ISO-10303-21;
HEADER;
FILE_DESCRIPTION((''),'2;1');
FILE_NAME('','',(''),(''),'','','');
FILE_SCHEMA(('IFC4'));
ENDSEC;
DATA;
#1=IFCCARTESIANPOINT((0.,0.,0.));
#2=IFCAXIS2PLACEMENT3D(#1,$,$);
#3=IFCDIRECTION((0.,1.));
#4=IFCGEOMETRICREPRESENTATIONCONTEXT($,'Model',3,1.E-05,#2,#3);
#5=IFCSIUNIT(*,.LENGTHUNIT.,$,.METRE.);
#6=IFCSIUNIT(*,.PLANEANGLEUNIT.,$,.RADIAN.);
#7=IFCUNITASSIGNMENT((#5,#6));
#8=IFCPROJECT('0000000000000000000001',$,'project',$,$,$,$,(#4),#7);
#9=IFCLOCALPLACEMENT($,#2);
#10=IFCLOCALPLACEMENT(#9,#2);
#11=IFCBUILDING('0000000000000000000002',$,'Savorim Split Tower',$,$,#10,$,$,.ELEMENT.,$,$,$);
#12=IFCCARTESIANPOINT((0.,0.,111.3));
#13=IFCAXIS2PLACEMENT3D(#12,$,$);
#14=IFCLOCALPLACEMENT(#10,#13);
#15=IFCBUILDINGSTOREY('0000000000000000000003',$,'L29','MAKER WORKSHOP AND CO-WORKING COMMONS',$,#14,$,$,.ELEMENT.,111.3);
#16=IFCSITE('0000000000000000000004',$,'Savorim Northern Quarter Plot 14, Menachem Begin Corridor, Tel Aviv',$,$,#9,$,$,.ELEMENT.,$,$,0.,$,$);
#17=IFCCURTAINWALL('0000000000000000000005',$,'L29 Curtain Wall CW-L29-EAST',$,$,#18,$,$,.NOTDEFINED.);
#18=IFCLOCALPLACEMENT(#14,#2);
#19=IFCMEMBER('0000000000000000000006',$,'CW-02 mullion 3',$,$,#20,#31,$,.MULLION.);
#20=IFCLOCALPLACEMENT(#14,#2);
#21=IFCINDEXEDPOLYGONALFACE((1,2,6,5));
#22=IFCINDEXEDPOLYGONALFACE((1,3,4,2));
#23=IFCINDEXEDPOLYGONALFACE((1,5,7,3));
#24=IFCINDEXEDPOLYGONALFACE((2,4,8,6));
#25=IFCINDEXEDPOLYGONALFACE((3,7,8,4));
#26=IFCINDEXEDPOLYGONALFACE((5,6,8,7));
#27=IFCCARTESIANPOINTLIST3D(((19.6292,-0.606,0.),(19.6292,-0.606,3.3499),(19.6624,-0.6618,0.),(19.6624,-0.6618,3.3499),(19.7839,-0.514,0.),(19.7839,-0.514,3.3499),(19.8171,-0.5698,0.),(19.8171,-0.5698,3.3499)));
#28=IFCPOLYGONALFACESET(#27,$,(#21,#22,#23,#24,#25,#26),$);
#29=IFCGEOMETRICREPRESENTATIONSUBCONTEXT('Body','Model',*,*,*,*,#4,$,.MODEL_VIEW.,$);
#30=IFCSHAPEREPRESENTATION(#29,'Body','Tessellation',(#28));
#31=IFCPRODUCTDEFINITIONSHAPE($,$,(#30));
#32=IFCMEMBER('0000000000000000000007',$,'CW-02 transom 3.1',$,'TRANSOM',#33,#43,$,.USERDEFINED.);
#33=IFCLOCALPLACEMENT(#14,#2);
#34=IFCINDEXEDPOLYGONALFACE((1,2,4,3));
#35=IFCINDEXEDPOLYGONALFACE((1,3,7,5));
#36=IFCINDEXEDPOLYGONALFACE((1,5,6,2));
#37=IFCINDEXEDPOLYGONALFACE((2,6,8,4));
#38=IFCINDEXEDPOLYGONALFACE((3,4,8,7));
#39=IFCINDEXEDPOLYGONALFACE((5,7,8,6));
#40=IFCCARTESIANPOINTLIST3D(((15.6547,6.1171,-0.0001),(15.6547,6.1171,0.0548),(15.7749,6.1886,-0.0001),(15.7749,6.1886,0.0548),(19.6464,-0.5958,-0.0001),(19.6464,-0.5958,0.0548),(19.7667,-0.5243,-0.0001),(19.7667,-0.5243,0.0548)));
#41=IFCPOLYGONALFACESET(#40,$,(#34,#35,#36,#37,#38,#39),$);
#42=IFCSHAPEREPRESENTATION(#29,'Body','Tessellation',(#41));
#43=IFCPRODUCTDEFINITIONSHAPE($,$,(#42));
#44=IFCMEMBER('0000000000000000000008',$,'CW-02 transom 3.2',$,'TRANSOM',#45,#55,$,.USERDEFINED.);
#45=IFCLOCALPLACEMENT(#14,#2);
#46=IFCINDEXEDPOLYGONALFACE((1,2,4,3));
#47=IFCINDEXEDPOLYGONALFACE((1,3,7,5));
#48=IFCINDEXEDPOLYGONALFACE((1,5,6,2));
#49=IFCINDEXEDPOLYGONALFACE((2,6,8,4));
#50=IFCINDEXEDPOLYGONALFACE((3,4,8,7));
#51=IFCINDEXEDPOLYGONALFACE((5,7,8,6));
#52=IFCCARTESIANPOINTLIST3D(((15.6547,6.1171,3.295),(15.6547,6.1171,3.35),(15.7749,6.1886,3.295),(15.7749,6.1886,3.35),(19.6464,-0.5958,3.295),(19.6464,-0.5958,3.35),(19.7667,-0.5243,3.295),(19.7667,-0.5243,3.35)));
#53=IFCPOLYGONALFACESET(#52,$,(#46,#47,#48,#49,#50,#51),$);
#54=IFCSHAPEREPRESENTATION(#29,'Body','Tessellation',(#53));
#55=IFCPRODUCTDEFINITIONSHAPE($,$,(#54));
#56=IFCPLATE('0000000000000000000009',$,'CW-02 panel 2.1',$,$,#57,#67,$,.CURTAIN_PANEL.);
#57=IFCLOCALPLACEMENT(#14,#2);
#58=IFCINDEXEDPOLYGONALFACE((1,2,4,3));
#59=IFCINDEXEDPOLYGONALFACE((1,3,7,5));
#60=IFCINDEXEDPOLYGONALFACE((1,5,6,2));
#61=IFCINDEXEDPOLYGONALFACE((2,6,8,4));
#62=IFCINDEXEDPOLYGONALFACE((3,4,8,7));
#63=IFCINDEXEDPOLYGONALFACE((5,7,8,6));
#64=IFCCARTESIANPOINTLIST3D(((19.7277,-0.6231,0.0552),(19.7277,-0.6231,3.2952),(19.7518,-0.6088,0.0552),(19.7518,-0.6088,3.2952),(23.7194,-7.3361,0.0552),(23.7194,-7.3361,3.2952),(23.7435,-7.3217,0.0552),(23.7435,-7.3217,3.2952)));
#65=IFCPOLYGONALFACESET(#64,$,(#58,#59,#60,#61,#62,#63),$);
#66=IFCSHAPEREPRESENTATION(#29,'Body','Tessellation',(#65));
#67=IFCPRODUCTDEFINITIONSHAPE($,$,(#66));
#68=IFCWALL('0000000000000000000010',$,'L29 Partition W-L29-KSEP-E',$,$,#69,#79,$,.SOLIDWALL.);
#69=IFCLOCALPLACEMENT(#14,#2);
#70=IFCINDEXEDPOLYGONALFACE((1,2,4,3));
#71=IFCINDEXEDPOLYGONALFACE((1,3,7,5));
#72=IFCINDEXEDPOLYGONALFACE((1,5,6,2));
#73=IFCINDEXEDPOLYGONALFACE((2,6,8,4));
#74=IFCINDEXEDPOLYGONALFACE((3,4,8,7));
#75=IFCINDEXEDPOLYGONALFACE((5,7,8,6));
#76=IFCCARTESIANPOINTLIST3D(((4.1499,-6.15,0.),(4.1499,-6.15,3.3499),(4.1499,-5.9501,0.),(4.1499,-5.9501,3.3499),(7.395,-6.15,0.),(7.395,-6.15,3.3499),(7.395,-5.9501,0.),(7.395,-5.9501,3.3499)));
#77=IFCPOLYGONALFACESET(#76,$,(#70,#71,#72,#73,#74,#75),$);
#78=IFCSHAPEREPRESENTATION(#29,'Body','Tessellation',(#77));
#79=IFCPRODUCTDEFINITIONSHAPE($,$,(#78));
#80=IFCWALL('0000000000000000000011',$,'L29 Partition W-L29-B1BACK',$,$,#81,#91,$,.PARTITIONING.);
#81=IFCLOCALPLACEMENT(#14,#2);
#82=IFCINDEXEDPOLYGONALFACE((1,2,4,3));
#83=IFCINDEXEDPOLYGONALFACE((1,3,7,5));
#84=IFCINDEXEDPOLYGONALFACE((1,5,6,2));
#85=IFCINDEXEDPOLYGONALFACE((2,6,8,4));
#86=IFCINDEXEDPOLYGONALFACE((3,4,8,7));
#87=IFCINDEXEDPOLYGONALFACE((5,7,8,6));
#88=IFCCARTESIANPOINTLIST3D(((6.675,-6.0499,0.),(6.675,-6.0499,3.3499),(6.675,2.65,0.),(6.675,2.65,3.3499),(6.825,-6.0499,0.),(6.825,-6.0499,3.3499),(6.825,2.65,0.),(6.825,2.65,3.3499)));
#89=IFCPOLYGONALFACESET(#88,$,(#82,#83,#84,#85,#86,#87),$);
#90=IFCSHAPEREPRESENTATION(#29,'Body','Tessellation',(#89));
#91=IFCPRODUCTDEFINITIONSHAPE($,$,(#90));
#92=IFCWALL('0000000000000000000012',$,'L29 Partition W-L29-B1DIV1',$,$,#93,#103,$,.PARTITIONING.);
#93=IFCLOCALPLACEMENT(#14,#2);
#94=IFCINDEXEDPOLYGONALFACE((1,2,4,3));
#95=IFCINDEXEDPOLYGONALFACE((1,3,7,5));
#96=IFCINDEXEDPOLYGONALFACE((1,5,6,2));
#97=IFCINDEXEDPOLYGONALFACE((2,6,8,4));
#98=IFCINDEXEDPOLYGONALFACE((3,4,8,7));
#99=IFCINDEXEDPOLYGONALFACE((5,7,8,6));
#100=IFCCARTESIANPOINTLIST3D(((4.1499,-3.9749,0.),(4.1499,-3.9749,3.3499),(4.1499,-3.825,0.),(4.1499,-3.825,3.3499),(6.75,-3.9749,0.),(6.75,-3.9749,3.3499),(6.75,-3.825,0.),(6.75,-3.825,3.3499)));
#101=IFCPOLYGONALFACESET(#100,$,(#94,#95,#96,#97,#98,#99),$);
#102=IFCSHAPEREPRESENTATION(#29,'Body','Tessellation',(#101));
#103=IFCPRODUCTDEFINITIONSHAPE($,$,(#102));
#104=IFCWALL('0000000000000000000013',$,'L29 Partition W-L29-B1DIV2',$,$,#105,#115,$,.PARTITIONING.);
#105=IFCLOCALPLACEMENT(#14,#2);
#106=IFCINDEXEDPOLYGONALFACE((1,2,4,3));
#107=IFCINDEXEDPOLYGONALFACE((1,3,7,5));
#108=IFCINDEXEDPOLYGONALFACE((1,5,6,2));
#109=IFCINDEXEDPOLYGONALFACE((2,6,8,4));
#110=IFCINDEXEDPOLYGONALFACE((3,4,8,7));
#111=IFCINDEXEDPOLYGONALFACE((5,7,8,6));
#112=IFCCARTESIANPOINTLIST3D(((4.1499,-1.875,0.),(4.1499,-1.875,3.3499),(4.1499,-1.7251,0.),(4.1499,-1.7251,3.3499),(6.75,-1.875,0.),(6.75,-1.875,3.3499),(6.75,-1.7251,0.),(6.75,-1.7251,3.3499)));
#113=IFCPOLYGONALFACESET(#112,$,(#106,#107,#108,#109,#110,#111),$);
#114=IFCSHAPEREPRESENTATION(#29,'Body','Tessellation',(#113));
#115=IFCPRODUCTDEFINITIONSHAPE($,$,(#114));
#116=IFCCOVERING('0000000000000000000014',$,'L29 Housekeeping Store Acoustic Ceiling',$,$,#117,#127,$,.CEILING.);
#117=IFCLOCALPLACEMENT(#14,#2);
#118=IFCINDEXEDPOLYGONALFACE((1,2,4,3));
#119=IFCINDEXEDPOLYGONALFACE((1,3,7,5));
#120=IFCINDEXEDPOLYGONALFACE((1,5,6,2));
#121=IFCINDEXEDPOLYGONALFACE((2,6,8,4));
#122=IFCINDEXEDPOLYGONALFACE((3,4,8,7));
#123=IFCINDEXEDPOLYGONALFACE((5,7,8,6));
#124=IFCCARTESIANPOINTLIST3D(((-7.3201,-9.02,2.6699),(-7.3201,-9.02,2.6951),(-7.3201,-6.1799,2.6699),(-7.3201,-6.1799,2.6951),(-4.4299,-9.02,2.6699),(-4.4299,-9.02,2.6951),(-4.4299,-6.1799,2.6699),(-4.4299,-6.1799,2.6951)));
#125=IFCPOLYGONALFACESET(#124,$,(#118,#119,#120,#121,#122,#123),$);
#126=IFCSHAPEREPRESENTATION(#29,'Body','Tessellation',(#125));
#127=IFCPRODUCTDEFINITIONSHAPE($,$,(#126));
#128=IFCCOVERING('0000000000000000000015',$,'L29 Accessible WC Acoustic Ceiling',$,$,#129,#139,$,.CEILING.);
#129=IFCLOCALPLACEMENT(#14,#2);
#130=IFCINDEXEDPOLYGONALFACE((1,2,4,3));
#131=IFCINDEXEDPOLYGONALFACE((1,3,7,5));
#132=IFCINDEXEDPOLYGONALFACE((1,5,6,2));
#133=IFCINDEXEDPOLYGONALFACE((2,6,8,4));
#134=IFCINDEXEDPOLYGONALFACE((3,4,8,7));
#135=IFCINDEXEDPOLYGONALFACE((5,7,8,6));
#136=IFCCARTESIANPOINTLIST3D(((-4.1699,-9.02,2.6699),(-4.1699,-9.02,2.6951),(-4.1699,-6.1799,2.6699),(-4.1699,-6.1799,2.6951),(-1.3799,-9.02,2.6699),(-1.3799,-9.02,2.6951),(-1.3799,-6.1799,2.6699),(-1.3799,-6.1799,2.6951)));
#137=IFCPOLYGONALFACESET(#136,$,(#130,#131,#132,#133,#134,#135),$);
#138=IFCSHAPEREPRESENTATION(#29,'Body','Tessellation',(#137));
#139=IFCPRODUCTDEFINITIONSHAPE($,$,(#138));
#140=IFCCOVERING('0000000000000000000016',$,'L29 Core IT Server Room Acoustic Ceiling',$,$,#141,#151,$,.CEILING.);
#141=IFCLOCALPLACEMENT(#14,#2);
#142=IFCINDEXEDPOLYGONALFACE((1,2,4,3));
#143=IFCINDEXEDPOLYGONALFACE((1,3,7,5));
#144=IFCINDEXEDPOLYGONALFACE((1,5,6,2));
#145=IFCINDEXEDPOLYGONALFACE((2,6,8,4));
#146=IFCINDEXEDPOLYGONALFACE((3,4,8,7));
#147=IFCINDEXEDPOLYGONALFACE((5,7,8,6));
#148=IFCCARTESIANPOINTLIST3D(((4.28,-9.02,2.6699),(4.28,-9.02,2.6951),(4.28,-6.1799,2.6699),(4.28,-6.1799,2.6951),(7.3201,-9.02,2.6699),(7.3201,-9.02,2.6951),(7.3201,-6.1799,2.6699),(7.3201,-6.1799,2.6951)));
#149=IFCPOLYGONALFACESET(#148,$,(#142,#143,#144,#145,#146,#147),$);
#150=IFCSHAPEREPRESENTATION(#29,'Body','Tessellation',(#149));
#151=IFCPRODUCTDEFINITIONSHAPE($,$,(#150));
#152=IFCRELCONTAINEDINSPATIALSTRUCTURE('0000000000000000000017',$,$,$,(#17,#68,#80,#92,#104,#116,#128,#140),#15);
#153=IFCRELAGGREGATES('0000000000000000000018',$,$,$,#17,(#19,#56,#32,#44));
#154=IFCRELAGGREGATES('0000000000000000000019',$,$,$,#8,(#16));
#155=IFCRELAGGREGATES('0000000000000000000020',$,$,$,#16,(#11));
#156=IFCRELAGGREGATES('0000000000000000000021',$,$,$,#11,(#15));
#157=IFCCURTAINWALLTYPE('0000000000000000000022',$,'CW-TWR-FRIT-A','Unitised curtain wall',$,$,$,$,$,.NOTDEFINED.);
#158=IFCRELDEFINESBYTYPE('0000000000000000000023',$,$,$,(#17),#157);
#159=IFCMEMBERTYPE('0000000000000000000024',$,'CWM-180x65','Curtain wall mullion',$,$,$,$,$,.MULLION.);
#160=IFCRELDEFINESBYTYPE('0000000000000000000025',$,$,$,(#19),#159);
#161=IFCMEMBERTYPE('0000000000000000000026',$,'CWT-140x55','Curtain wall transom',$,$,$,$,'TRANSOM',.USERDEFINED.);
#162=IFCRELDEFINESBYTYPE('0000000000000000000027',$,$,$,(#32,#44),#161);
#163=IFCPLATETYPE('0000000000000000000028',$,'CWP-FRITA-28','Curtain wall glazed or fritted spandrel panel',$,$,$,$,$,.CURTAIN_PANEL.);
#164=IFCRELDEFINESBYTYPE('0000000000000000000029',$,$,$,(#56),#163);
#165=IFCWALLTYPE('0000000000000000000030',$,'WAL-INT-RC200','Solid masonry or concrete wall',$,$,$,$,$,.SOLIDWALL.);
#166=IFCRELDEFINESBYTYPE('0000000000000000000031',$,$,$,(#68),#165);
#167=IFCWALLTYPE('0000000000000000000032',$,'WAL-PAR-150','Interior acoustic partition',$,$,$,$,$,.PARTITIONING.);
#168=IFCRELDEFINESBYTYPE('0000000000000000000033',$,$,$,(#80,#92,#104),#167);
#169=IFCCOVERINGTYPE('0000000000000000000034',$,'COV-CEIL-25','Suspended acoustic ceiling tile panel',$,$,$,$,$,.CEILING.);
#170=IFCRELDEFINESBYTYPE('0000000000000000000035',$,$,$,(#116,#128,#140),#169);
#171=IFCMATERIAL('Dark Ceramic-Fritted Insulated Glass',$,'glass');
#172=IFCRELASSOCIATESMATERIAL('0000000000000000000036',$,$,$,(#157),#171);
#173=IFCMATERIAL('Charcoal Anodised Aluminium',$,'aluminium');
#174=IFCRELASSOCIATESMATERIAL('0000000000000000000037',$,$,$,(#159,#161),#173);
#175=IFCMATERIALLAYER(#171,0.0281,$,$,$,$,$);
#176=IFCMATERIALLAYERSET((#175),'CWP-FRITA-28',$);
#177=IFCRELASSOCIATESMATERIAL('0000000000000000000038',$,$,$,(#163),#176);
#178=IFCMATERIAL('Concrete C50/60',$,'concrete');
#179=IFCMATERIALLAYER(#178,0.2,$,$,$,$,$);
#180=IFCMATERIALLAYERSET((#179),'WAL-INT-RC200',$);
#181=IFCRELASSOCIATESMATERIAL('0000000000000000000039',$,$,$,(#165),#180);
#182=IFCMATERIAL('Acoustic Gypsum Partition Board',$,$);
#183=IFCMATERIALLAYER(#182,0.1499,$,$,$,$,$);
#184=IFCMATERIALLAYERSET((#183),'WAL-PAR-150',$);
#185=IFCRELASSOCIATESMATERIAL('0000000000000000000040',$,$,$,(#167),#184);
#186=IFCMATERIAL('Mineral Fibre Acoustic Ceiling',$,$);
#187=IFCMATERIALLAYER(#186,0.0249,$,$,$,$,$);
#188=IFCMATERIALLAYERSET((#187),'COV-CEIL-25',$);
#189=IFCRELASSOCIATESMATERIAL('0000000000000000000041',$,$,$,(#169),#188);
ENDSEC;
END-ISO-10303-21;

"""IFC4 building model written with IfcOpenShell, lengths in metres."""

from ifc_helpers import new_model, si_unit, direction, frame, frame_2d, origin, origin_2d, place, context, subcontext, project, spatial, polyline, rectangle, outline, extrude, material, layer, layer_set, material_profile, profile_set, type_object, element, aggregate, save


model = new_model("IFC4")

# Units and contexts
model_context = context("Model", 3, precision=1e-05, world=origin(), true_north=direction((0.0, 1.0)))
body_context = subcontext(model_context, "Body", "Model", "MODEL_VIEW")
ifc_project = project(units=[si_unit("LENGTHUNIT", "METRE"), si_unit("PLANEANGLEUNIT", "RADIAN")], contexts=[model_context])

# Site, building, storey
site_placement = place(None, origin())
site = spatial("IfcSite", under=ifc_project, at=site_placement, Name="Savorim Northern Quarter Plot 14, Menachem Begin Corridor, Tel Aviv", CompositionType="ELEMENT", RefElevation=0.0)
building_placement = place(site_placement, origin())
building = spatial("IfcBuilding", under=site, at=building_placement, Name="Savorim Split Tower", CompositionType="ELEMENT")
storey_placement = place(building_placement, frame((0.0, 0.0, 111.3)))
storey = spatial("IfcBuildingStorey", under=building, at=storey_placement, Name="L29", Description="MAKER WORKSHOP AND CO-WORKING COMMONS", CompositionType="ELEMENT", Elevation=111.3)

# Curtain wall, members, plate
ifc_material_1 = material(Name="Dark Ceramic-Fritted Insulated Glass", Category="glass")
curtain_wall_type = type_object("IfcCurtainWallType", Name="CW-TWR-FRIT-A", Description="Unitised curtain wall", PredefinedType="NOTDEFINED", material=ifc_material_1)
curtain_wall_placement = place(storey_placement, origin())
curtain_wall = element("IfcCurtainWall", 1, at=curtain_wall_placement, inside=storey, type_object=curtain_wall_type, Name="L29 Curtain Wall CW-L29-EAST", PredefinedType="NOTDEFINED")
ifc_material_2 = material(Name="Charcoal Anodised Aluminium", Category="aluminium")
ifc_material_profile_1 = material_profile(ifc_material_2, rectangle(XDim=0.1799, YDim=0.0649, at=origin_2d()), Name="ALU-M 180x65")
ifc_profile_set_1 = profile_set([ifc_material_profile_1], Name="Charcoal Anodised Aluminium")
member_type_1 = type_object("IfcMemberType", Name="CWM-180x65", Description="Curtain wall mullion", PredefinedType="MULLION", material=ifc_profile_set_1)
member_1_placement = place(storey_placement, frame((19.7231, -0.5879, 0.0), z_axis=(0.0, 0.0, 1.0), x_axis=(-0.859525, -0.511093, 0.0)))
member_1 = element("IfcMember", 2, at=member_1_placement, type_object=member_type_1, Name="CW-02 mullion 3", PredefinedType="MULLION", context=body_context, shape_type="SweptSolid", body=[
    extrude(rectangle(XDim=0.1799, YDim=0.0649, at=origin_2d()), origin(), (0.0, 0.0, 1.0), 3.3499),
])
ifc_material_profile_2 = material_profile(ifc_material_2, rectangle(XDim=0.1399, YDim=0.0549, at=origin_2d()), Name="ALU-T 140x55")
ifc_profile_set_2 = profile_set([ifc_material_profile_2], Name="Charcoal Anodised Aluminium")
member_type_2 = type_object("IfcMemberType", Name="CWT-140x55", Description="Curtain wall transom", ElementType="TRANSOM", PredefinedType="USERDEFINED", material=ifc_profile_set_2)
member_2_placement = place(storey_placement, frame((19.7065, -0.5601, 0.0273), z_axis=(-0.511099, 0.859522, 0.0), x_axis=(-0.859522, -0.511099, 0.0)))
member_2 = element("IfcMember", 3, at=member_2_placement, type_object=member_type_2, Name="CW-02 transom 3.1", ObjectType="TRANSOM", PredefinedType="USERDEFINED", context=body_context, shape_type="SweptSolid", body=[
    extrude(rectangle(XDim=0.1399, YDim=0.0549, at=origin_2d()), origin(), (0.0, 0.0, 1.0), 7.8101),
])
member_3_placement = place(storey_placement, frame((19.7065, -0.5601, 3.3225), z_axis=(-0.511099, 0.859522, 0.0), x_axis=(-0.859522, -0.511099, 0.0)))
member_3 = element("IfcMember", 4, at=member_3_placement, type_object=member_type_2, Name="CW-02 transom 3.2", ObjectType="TRANSOM", PredefinedType="USERDEFINED", context=body_context, shape_type="SweptSolid", body=[
    extrude(rectangle(XDim=0.1399, YDim=0.0549, at=origin_2d()), origin(), (0.0, 0.0, 1.0), 7.8101),
])
ifc_layer_1 = layer(ifc_material_1, 0.0281)
ifc_layer_set_1 = layer_set([ifc_layer_1], Name="CWP-FRITA-28")
plate_type = type_object("IfcPlateType", Name="CWP-FRITA-28", Description="Curtain wall glazed or fritted spandrel panel", PredefinedType="CURTAIN_PANEL", material=ifc_layer_set_1)
plate_placement = place(storey_placement, frame((21.7356, -3.9724, 0.0552), z_axis=(0.0, 0.0, 1.0), x_axis=(-0.511093, 0.859525, 0.0)))
plate = element("IfcPlate", 5, at=plate_placement, type_object=plate_type, Name="CW-02 panel 2.1", PredefinedType="CURTAIN_PANEL", context=body_context, shape_type="SweptSolid", body=[
    extrude(rectangle(XDim=7.8101, YDim=0.0281, at=origin_2d()), origin(), (0.0, 0.0, 1.0), 3.24),
])
aggregate(curtain_wall, [member_1, plate, member_2, member_3])

# Walls
ifc_material_3 = material(Name="Concrete C50/60", Category="concrete")
ifc_layer_2 = layer(ifc_material_3, 0.2)
ifc_layer_set_2 = layer_set([ifc_layer_2], Name="WAL-INT-RC200")
wall_type_1 = type_object("IfcWallType", Name="WAL-INT-RC200", Description="Solid masonry or concrete wall", PredefinedType="SOLIDWALL", material=ifc_layer_set_2)
wall_1_placement = place(storey_placement, frame((4.1499, -6.05, 0.0), z_axis=(0.0, 0.0, 1.0), x_axis=(1.0, 0.0, 0.0)))
element("IfcWall", 6, at=wall_1_placement, inside=storey, type_object=wall_type_1, Name="L29 Partition W-L29-KSEP-E", PredefinedType="SOLIDWALL", context=body_context, shape_type="SweptSolid", body=[
    extrude(rectangle(XDim=3.2451, YDim=0.2, at=frame_2d((1.6226, 0.0))), origin(), (0.0, 0.0, 1.0), 3.3499),
])
ifc_material_4 = material(Name="Acoustic Gypsum Partition Board")
ifc_layer_3 = layer(ifc_material_4, 0.1499)
ifc_layer_set_3 = layer_set([ifc_layer_3], Name="WAL-PAR-150")
wall_type_2 = type_object("IfcWallType", Name="WAL-PAR-150", Description="Interior acoustic partition", PredefinedType="PARTITIONING", material=ifc_layer_set_3)
wall_2_placement = place(storey_placement, frame((6.75, -6.05, 0.0), z_axis=(0.0, 0.0, 1.0), x_axis=(0.0, 1.0, 0.0)))
element("IfcWall", 7, at=wall_2_placement, inside=storey, type_object=wall_type_2, Name="L29 Partition W-L29-B1BACK", PredefinedType="PARTITIONING", context=body_context, shape_type="SweptSolid", body=[
    extrude(rectangle(XDim=8.7, YDim=0.1499, at=frame_2d((4.3501, 0.0))), origin(), (0.0, 0.0, 1.0), 3.3499),
])
for number, where, z_axis, x_axis, name in (
    (8, (4.1499, -3.8999, 0.0), (0.0, 0.0, 1.0), (1.0, 0.0, 0.0), "L29 Partition W-L29-B1DIV1"),
    (9, (4.1499, -1.8, 0.0), (0.0, 0.0, 1.0), (1.0, 0.0, 0.0), "L29 Partition W-L29-B1DIV2"),
):
    element("IfcWall", number, at=place(storey_placement, frame(where, z_axis=z_axis, x_axis=x_axis)), inside=storey, type_object=wall_type_2, Name=name, PredefinedType="PARTITIONING", context=body_context, shape_type="SweptSolid", body=[
        extrude(rectangle(XDim=2.6001, YDim=0.1499, at=frame_2d((1.3, 0.0))), origin(), (0.0, 0.0, 1.0), 3.3499),
    ])

# Coverings
ifc_material_5 = material(Name="Mineral Fibre Acoustic Ceiling")
ifc_layer_4 = layer(ifc_material_5, 0.0249)
ifc_layer_set_4 = layer_set([ifc_layer_4], Name="COV-CEIL-25")
covering_type_1 = type_object("IfcCoveringType", Name="COV-CEIL-25", Description="Suspended acoustic ceiling tile panel", PredefinedType="CEILING", material=ifc_layer_set_4)
covering_1_placement = place(storey_placement, frame((0.0, 0.0, 2.6699)))
element("IfcCovering", 10, at=covering_1_placement, inside=storey, type_object=covering_type_1, Name="L29 Housekeeping Store Acoustic Ceiling", PredefinedType="CEILING", context=body_context, shape_type="SweptSolid", body=[
    extrude(outline(polyline([(-7.3201, -6.1799), (-7.3201, -9.02), (-4.4299, -9.02), (-4.4299, -6.1799), (-7.3201, -6.1799)])), origin(), (0.0, 0.0, 1.0), 0.0251),
])
covering_2_placement = place(storey_placement, frame((0.0, 0.0, 2.6699)))
element("IfcCovering", 11, at=covering_2_placement, inside=storey, type_object=covering_type_1, Name="L29 Accessible WC Acoustic Ceiling", PredefinedType="CEILING", context=body_context, shape_type="SweptSolid", body=[
    extrude(outline(polyline([(-4.1699, -6.1799), (-4.1699, -9.02), (-1.3799, -9.02), (-1.3799, -6.1799), (-4.1699, -6.1799)])), origin(), (0.0, 0.0, 1.0), 0.0251),
])
covering_3_placement = place(storey_placement, frame((0.0, 0.0, 2.6699)))
element("IfcCovering", 12, at=covering_3_placement, inside=storey, type_object=covering_type_1, Name="L29 Core IT Server Room Acoustic Ceiling", PredefinedType="CEILING", context=body_context, shape_type="SweptSolid", body=[
    extrude(outline(polyline([(4.28, -6.1799), (4.28, -9.02), (7.3201, -9.02), (7.3201, -6.1799), (4.28, -6.1799)])), origin(), (0.0, 0.0, 1.0), 0.0251),
])

save(model, "model.ifc")
